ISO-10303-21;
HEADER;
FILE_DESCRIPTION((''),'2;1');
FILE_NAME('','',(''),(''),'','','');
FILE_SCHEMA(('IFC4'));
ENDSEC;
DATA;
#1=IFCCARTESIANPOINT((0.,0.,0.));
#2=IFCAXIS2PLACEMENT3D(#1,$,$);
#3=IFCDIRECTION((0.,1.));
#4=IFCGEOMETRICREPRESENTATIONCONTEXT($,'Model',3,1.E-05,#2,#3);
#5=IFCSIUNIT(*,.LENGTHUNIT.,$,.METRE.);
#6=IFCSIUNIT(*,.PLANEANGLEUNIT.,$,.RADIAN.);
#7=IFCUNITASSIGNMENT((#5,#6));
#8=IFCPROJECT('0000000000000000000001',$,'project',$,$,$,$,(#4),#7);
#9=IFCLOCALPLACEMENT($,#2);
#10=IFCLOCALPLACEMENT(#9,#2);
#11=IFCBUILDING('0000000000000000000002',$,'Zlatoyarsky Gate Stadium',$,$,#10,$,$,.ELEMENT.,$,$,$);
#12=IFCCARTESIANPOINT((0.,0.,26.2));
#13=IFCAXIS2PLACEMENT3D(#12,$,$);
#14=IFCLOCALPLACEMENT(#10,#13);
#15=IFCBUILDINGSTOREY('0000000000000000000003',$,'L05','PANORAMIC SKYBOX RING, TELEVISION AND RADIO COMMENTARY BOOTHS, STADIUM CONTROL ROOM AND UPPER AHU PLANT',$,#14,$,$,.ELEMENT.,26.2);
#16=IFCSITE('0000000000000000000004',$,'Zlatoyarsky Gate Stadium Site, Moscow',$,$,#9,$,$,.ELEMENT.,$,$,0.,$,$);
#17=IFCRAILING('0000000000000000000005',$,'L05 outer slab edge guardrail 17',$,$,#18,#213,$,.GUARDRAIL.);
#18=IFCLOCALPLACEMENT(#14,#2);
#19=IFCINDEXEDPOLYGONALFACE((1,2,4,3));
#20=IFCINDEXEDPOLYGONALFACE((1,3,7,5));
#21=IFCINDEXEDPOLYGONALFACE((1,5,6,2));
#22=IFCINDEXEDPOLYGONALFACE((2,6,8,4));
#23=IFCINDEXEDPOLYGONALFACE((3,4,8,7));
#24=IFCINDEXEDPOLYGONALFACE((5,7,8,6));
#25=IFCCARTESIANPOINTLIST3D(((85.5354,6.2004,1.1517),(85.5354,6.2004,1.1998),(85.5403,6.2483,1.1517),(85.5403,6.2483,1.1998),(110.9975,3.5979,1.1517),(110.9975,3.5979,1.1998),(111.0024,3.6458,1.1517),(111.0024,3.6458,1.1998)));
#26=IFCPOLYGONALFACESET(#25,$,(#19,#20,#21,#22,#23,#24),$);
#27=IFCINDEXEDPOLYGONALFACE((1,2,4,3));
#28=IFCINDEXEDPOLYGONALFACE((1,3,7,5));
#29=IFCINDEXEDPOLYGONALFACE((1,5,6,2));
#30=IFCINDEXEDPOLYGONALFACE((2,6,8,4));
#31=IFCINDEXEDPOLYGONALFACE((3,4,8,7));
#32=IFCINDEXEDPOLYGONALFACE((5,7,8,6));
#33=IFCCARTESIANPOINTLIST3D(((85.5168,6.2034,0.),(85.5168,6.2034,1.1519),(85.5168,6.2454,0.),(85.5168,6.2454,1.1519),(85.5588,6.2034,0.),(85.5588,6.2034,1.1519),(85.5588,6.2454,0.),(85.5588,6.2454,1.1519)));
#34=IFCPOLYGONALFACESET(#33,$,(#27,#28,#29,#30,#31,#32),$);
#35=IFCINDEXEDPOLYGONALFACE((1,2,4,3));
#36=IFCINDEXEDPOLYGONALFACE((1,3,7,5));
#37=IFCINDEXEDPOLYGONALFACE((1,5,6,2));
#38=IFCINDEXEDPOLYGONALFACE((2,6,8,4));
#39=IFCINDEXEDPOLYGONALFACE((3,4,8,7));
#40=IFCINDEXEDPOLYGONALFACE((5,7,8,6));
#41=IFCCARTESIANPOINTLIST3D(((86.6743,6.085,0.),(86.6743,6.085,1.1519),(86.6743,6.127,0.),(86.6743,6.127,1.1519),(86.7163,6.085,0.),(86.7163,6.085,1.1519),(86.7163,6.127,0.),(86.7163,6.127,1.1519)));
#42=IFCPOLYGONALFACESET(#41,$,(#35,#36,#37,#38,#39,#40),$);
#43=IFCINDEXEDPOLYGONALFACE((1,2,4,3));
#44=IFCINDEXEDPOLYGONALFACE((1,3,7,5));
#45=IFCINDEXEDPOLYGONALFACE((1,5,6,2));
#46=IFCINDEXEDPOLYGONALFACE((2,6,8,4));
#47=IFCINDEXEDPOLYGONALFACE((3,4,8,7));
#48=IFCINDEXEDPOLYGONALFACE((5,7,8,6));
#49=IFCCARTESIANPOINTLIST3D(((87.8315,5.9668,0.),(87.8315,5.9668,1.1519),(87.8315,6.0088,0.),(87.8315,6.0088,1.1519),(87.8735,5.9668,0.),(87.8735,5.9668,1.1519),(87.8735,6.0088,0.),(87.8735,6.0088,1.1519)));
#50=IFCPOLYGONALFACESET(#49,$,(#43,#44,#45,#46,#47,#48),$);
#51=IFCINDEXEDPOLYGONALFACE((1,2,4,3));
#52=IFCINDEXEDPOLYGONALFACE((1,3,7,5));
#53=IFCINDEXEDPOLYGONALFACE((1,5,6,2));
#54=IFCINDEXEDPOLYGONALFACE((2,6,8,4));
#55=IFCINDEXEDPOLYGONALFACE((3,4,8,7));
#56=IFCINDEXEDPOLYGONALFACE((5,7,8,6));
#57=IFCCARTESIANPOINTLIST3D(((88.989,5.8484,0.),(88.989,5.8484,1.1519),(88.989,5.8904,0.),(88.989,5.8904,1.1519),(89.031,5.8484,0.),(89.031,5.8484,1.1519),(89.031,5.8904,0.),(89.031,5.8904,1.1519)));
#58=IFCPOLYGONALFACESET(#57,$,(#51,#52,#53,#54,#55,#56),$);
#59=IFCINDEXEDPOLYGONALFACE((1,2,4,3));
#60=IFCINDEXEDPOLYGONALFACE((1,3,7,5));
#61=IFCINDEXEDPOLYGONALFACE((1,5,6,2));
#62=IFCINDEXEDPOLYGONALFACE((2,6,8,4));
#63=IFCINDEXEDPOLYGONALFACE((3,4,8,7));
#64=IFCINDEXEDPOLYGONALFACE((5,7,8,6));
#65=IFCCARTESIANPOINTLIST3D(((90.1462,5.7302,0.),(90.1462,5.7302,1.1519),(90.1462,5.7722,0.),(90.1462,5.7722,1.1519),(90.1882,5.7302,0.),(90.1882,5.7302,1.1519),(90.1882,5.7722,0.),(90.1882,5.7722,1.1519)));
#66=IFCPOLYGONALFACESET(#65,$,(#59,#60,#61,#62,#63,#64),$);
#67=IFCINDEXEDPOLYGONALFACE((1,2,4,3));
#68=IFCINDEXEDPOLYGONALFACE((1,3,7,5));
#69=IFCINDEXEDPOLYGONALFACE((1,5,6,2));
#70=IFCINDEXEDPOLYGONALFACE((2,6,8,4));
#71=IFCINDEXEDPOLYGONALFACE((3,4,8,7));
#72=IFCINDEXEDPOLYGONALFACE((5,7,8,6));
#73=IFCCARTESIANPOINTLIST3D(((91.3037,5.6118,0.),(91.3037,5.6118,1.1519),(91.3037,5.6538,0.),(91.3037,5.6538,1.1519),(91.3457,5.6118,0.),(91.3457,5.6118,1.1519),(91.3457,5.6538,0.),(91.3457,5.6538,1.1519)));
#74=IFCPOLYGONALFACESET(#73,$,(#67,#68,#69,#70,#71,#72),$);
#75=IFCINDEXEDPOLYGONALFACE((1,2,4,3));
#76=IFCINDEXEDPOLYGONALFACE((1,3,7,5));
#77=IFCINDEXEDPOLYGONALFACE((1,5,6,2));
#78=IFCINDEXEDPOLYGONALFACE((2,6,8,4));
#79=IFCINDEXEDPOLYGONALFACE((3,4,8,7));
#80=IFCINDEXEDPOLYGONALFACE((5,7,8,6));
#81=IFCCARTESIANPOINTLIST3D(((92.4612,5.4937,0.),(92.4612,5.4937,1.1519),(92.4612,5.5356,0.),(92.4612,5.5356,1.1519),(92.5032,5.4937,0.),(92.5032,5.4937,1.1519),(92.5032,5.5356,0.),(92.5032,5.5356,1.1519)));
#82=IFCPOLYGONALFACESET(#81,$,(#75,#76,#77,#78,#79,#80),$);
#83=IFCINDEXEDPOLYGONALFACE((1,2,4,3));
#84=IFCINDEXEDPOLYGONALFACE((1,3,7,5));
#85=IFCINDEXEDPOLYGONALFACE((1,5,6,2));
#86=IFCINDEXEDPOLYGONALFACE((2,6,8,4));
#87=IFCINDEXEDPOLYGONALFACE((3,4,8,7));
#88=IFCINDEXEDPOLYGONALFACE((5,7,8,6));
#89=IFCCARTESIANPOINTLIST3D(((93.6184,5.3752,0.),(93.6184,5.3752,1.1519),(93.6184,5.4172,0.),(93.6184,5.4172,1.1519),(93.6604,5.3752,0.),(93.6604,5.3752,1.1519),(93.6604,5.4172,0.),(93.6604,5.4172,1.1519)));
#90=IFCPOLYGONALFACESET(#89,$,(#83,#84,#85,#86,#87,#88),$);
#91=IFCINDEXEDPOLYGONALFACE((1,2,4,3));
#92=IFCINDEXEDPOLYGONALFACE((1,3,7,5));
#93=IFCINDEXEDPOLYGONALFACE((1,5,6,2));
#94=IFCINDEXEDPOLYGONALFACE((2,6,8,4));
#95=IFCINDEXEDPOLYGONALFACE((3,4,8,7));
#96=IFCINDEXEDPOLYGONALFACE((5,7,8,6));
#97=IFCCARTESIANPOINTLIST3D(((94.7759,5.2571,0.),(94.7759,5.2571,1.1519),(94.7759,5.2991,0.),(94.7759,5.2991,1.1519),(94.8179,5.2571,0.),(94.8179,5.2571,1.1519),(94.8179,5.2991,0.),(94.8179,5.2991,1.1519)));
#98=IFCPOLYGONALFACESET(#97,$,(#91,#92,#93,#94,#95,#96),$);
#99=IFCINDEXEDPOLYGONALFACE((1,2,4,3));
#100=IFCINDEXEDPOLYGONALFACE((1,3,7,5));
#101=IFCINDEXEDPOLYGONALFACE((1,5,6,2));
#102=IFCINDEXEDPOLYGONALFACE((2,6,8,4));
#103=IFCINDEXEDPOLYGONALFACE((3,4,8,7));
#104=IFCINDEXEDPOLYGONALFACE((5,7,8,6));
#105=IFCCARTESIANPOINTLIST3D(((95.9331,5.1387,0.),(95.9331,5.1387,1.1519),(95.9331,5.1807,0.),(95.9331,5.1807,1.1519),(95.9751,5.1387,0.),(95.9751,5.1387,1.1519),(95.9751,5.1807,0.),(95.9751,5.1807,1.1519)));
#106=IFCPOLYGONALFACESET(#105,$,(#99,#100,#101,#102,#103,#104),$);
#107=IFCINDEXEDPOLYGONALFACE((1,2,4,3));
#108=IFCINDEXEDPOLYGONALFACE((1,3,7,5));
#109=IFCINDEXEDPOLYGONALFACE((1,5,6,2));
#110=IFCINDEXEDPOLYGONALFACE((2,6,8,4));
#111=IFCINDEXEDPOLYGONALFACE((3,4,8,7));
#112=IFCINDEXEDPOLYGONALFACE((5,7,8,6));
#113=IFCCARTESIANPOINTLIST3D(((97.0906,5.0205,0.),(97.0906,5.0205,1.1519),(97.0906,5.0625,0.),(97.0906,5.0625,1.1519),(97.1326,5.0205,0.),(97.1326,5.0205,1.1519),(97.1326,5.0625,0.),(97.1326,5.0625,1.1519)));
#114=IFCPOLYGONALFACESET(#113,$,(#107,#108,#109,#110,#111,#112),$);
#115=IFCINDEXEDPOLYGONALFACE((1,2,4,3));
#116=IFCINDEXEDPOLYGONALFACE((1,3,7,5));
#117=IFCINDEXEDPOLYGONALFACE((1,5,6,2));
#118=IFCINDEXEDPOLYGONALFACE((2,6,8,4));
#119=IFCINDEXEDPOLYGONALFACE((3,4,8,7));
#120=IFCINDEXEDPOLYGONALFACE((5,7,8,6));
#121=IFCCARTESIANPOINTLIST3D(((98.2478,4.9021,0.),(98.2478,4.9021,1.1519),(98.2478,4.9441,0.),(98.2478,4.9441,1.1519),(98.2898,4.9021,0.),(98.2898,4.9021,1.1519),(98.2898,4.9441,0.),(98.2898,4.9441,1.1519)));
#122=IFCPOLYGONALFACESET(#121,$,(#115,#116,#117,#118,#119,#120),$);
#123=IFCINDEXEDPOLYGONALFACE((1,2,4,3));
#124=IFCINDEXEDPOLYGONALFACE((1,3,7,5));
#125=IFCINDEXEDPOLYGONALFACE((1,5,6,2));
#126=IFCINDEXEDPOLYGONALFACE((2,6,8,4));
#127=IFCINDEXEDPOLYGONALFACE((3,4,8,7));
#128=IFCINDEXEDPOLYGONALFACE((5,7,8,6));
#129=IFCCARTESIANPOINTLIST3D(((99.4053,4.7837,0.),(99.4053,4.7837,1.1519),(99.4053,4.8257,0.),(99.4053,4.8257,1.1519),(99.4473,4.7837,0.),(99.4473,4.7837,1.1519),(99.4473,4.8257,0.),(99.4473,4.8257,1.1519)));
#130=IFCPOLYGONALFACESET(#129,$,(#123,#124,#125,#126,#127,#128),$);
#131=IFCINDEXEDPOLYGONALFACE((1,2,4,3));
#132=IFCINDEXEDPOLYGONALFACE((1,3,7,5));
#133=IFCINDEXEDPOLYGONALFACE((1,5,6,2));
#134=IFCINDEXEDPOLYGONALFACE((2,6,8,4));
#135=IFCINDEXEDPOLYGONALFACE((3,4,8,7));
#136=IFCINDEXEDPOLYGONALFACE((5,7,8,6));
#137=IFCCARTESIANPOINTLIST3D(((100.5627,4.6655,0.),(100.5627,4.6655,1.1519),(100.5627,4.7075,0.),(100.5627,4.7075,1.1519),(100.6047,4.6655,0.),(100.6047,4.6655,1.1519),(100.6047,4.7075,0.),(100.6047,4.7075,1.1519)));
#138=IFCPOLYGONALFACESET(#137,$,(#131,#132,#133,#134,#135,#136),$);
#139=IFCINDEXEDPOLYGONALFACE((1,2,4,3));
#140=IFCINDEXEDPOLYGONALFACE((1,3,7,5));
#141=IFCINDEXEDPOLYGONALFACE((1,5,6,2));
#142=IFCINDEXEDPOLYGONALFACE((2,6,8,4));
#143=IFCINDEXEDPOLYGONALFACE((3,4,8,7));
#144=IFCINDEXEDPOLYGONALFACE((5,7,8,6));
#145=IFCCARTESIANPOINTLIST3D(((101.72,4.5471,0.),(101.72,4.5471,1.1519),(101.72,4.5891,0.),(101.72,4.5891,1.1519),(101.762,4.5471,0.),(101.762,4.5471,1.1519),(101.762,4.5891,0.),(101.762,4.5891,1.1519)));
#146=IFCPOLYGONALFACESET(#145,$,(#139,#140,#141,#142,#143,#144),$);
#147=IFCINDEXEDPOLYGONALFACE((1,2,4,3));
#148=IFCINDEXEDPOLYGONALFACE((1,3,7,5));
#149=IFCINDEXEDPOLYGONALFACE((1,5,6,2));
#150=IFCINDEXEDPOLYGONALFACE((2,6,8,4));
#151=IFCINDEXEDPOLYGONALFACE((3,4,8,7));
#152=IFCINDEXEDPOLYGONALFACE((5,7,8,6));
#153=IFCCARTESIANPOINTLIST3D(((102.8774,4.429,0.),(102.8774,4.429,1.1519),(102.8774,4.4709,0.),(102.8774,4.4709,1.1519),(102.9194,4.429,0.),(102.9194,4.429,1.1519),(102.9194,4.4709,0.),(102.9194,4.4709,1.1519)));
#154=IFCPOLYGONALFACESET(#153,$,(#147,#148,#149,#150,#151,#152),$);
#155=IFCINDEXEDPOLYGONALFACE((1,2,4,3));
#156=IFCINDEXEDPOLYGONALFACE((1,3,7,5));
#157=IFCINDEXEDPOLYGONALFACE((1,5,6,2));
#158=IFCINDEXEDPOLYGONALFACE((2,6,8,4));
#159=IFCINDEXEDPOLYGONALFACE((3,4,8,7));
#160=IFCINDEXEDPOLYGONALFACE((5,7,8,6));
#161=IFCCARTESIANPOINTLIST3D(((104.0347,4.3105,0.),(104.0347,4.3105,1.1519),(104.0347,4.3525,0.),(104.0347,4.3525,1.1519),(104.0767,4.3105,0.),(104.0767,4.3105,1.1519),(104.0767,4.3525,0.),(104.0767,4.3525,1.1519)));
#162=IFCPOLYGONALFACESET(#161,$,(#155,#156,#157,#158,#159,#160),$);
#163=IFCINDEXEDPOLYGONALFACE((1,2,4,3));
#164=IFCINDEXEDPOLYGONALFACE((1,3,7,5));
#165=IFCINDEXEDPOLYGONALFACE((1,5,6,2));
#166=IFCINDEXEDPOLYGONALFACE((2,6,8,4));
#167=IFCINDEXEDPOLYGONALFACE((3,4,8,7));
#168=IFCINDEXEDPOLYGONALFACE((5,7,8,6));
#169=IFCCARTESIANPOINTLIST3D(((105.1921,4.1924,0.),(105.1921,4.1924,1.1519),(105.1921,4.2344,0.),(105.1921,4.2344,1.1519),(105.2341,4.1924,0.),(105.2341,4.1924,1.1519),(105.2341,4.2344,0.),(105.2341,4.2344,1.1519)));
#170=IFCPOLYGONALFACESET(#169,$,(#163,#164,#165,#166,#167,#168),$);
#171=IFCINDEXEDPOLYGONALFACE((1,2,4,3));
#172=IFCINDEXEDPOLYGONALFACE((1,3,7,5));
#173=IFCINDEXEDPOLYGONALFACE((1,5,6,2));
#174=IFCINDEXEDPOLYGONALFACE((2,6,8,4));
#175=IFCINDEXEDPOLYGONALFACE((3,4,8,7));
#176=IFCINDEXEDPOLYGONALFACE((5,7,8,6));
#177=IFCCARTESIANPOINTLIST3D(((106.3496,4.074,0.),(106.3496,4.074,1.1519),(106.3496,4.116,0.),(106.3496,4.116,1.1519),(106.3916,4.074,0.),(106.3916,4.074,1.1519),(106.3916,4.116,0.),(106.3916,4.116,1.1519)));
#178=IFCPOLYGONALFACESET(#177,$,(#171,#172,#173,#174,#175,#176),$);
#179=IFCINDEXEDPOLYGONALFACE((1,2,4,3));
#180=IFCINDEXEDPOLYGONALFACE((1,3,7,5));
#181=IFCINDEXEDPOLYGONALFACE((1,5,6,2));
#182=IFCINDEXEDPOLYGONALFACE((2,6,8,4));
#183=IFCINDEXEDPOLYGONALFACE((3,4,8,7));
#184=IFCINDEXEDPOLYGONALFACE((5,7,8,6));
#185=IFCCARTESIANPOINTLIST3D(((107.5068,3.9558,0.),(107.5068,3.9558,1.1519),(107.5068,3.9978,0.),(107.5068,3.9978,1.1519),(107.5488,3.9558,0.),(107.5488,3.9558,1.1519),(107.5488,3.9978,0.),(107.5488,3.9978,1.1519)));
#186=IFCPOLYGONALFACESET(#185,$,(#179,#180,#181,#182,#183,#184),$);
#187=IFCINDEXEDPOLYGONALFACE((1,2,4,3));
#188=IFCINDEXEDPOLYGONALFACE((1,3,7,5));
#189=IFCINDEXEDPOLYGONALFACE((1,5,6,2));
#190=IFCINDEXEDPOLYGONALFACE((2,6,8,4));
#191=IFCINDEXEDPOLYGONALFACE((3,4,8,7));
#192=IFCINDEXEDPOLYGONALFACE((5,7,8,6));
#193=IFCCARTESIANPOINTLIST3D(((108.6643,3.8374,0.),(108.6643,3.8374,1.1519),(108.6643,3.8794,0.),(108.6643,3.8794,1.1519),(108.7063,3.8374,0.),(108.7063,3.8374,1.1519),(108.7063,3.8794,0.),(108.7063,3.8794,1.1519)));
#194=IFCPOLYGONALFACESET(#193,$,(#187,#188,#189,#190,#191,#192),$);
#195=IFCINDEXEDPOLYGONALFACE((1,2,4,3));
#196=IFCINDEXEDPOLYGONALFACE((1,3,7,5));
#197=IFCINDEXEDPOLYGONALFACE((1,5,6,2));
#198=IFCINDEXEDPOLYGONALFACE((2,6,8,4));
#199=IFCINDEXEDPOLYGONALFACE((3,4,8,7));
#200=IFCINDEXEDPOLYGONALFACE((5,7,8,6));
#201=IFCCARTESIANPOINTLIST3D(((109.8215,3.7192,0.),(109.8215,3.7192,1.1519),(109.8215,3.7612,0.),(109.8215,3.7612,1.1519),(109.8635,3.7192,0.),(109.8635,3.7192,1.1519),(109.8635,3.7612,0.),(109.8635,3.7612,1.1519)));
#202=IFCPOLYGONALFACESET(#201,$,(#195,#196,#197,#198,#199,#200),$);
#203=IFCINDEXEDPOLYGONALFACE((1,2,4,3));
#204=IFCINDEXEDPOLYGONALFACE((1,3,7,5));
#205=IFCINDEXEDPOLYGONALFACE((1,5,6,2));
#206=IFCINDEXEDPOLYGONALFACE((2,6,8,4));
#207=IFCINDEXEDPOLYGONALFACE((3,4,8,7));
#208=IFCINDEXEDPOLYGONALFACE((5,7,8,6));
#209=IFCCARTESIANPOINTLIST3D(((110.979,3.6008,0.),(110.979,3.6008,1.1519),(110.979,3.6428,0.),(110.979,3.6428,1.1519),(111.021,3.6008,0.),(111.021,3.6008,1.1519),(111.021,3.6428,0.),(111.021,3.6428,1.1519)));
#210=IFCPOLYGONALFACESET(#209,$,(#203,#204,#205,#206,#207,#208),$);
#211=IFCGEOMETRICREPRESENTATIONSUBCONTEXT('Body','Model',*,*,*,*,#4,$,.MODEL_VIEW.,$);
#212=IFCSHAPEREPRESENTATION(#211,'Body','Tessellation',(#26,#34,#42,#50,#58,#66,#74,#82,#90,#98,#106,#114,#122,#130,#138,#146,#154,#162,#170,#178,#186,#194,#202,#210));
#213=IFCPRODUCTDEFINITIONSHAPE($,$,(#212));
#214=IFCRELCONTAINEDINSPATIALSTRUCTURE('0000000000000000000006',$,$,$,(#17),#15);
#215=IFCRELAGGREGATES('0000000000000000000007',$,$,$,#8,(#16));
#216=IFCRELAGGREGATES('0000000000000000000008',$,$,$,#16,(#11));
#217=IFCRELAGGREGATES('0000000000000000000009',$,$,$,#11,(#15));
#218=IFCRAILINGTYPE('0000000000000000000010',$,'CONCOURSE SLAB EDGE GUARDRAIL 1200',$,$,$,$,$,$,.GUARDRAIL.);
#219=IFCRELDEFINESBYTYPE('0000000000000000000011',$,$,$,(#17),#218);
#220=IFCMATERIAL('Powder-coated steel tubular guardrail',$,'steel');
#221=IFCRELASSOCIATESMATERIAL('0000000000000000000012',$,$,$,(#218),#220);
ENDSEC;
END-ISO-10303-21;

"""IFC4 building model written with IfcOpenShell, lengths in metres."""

from ifc_helpers import new_model, si_unit, direction, frame, origin, origin_2d, place, context, subcontext, project, spatial, rectangle, extrude, material, type_object, element, save


model = new_model("IFC4")

# Units and contexts
model_context = context("Model", 3, precision=1e-05, world=origin(), true_north=direction((0.0, 1.0)))
body_context = subcontext(model_context, "Body", "Model", "MODEL_VIEW")
ifc_project = project(units=[si_unit("LENGTHUNIT", "METRE"), si_unit("PLANEANGLEUNIT", "RADIAN")], contexts=[model_context])

# Site, building, storey
site_placement = place(None, origin())
site = spatial("IfcSite", under=ifc_project, at=site_placement, Name="Zlatoyarsky Gate Stadium Site, Moscow", CompositionType="ELEMENT", RefElevation=0.0)
building_placement = place(site_placement, origin())
building = spatial("IfcBuilding", under=site, at=building_placement, Name="Zlatoyarsky Gate Stadium", CompositionType="ELEMENT")
storey_placement = place(building_placement, frame((0.0, 0.0, 26.2)))
storey = spatial("IfcBuildingStorey", under=building, at=storey_placement, Name="L05", Description="PANORAMIC SKYBOX RING, TELEVISION AND RADIO COMMENTARY BOOTHS, STADIUM CONTROL ROOM AND UPPER AHU PLANT", CompositionType="ELEMENT", Elevation=26.2)

# Railing
ifc_material_1 = material(Name="Powder-coated steel tubular guardrail", Category="steel")
railing_type = type_object("IfcRailingType", Name="CONCOURSE SLAB EDGE GUARDRAIL 1200", PredefinedType="GUARDRAIL", material=ifc_material_1)
railing_placement = place(storey_placement, frame((85.5378, 6.2244, 0.0)))
element("IfcRailing", 1, at=railing_placement, inside=storey, type_object=railing_type, Name="L05 outer slab edge guardrail 17", PredefinedType="GUARDRAIL", context=body_context, shape_type="SweptSolid", body=[
    extrude(rectangle(XDim=0.0481, YDim=0.0481, at=origin_2d()), frame((0.0, 0.0, 1.1758), z_axis=(0.994817, -0.101682, 0.0), x_axis=(0.101682, 0.994817, 0.0)), (0.0, 0.0, 1.0), 25.5947),
    extrude(rectangle(XDim=0.042, YDim=0.042, at=origin_2d()), origin(), (0.0, 0.0, 1.0), 1.1519),
    extrude(rectangle(XDim=0.042, YDim=0.042, at=origin_2d()), frame((1.1575, -0.1184, 0.0)), (0.0, 0.0, 1.0), 1.1519),
    extrude(rectangle(XDim=0.042, YDim=0.042, at=origin_2d()), frame((2.3147, -0.2366, 0.0)), (0.0, 0.0, 1.0), 1.1519),
    extrude(rectangle(XDim=0.042, YDim=0.042, at=origin_2d()), frame((3.4722, -0.355, 0.0)), (0.0, 0.0, 1.0), 1.1519),
    extrude(rectangle(XDim=0.042, YDim=0.042, at=origin_2d()), frame((4.6294, -0.4731, 0.0)), (0.0, 0.0, 1.0), 1.1519),
    extrude(rectangle(XDim=0.042, YDim=0.042, at=origin_2d()), frame((5.7869, -0.5916, 0.0)), (0.0, 0.0, 1.0), 1.1519),
    extrude(rectangle(XDim=0.042, YDim=0.042, at=origin_2d()), frame((6.9443, -0.7097, 0.0)), (0.0, 0.0, 1.0), 1.1519),
    extrude(rectangle(XDim=0.042, YDim=0.042, at=origin_2d()), frame((8.1016, -0.8281, 0.0)), (0.0, 0.0, 1.0), 1.1519),
    extrude(rectangle(XDim=0.042, YDim=0.042, at=origin_2d()), frame((9.259, -0.9463, 0.0)), (0.0, 0.0, 1.0), 1.1519),
    extrude(rectangle(XDim=0.042, YDim=0.042, at=origin_2d()), frame((10.4163, -1.0647, 0.0)), (0.0, 0.0, 1.0), 1.1519),
    extrude(rectangle(XDim=0.042, YDim=0.042, at=origin_2d()), frame((11.5737, -1.1829, 0.0)), (0.0, 0.0, 1.0), 1.1519),
    extrude(rectangle(XDim=0.042, YDim=0.042, at=origin_2d()), frame((12.731, -1.3013, 0.0)), (0.0, 0.0, 1.0), 1.1519),
    extrude(rectangle(XDim=0.042, YDim=0.042, at=origin_2d()), frame((13.8884, -1.4197, 0.0)), (0.0, 0.0, 1.0), 1.1519),
    extrude(rectangle(XDim=0.042, YDim=0.042, at=origin_2d()), frame((15.0459, -1.5378, 0.0)), (0.0, 0.0, 1.0), 1.1519),
    extrude(rectangle(XDim=0.042, YDim=0.042, at=origin_2d()), frame((16.2031, -1.6562, 0.0)), (0.0, 0.0, 1.0), 1.1519),
    extrude(rectangle(XDim=0.042, YDim=0.042, at=origin_2d()), frame((17.3606, -1.7744, 0.0)), (0.0, 0.0, 1.0), 1.1519),
    extrude(rectangle(XDim=0.042, YDim=0.042, at=origin_2d()), frame((18.5178, -1.8928, 0.0)), (0.0, 0.0, 1.0), 1.1519),
    extrude(rectangle(XDim=0.042, YDim=0.042, at=origin_2d()), frame((19.6753, -2.011, 0.0)), (0.0, 0.0, 1.0), 1.1519),
    extrude(rectangle(XDim=0.042, YDim=0.042, at=origin_2d()), frame((20.8328, -2.1294, 0.0)), (0.0, 0.0, 1.0), 1.1519),
    extrude(rectangle(XDim=0.042, YDim=0.042, at=origin_2d()), frame((21.99, -2.2476, 0.0)), (0.0, 0.0, 1.0), 1.1519),
    extrude(rectangle(XDim=0.042, YDim=0.042, at=origin_2d()), frame((23.1475, -2.366, 0.0)), (0.0, 0.0, 1.0), 1.1519),
    extrude(rectangle(XDim=0.042, YDim=0.042, at=origin_2d()), frame((24.3047, -2.4841, 0.0)), (0.0, 0.0, 1.0), 1.1519),
    extrude(rectangle(XDim=0.042, YDim=0.042, at=origin_2d()), frame((25.4622, -2.6025, 0.0)), (0.0, 0.0, 1.0), 1.1519),
])

save(model, "model.ifc")
